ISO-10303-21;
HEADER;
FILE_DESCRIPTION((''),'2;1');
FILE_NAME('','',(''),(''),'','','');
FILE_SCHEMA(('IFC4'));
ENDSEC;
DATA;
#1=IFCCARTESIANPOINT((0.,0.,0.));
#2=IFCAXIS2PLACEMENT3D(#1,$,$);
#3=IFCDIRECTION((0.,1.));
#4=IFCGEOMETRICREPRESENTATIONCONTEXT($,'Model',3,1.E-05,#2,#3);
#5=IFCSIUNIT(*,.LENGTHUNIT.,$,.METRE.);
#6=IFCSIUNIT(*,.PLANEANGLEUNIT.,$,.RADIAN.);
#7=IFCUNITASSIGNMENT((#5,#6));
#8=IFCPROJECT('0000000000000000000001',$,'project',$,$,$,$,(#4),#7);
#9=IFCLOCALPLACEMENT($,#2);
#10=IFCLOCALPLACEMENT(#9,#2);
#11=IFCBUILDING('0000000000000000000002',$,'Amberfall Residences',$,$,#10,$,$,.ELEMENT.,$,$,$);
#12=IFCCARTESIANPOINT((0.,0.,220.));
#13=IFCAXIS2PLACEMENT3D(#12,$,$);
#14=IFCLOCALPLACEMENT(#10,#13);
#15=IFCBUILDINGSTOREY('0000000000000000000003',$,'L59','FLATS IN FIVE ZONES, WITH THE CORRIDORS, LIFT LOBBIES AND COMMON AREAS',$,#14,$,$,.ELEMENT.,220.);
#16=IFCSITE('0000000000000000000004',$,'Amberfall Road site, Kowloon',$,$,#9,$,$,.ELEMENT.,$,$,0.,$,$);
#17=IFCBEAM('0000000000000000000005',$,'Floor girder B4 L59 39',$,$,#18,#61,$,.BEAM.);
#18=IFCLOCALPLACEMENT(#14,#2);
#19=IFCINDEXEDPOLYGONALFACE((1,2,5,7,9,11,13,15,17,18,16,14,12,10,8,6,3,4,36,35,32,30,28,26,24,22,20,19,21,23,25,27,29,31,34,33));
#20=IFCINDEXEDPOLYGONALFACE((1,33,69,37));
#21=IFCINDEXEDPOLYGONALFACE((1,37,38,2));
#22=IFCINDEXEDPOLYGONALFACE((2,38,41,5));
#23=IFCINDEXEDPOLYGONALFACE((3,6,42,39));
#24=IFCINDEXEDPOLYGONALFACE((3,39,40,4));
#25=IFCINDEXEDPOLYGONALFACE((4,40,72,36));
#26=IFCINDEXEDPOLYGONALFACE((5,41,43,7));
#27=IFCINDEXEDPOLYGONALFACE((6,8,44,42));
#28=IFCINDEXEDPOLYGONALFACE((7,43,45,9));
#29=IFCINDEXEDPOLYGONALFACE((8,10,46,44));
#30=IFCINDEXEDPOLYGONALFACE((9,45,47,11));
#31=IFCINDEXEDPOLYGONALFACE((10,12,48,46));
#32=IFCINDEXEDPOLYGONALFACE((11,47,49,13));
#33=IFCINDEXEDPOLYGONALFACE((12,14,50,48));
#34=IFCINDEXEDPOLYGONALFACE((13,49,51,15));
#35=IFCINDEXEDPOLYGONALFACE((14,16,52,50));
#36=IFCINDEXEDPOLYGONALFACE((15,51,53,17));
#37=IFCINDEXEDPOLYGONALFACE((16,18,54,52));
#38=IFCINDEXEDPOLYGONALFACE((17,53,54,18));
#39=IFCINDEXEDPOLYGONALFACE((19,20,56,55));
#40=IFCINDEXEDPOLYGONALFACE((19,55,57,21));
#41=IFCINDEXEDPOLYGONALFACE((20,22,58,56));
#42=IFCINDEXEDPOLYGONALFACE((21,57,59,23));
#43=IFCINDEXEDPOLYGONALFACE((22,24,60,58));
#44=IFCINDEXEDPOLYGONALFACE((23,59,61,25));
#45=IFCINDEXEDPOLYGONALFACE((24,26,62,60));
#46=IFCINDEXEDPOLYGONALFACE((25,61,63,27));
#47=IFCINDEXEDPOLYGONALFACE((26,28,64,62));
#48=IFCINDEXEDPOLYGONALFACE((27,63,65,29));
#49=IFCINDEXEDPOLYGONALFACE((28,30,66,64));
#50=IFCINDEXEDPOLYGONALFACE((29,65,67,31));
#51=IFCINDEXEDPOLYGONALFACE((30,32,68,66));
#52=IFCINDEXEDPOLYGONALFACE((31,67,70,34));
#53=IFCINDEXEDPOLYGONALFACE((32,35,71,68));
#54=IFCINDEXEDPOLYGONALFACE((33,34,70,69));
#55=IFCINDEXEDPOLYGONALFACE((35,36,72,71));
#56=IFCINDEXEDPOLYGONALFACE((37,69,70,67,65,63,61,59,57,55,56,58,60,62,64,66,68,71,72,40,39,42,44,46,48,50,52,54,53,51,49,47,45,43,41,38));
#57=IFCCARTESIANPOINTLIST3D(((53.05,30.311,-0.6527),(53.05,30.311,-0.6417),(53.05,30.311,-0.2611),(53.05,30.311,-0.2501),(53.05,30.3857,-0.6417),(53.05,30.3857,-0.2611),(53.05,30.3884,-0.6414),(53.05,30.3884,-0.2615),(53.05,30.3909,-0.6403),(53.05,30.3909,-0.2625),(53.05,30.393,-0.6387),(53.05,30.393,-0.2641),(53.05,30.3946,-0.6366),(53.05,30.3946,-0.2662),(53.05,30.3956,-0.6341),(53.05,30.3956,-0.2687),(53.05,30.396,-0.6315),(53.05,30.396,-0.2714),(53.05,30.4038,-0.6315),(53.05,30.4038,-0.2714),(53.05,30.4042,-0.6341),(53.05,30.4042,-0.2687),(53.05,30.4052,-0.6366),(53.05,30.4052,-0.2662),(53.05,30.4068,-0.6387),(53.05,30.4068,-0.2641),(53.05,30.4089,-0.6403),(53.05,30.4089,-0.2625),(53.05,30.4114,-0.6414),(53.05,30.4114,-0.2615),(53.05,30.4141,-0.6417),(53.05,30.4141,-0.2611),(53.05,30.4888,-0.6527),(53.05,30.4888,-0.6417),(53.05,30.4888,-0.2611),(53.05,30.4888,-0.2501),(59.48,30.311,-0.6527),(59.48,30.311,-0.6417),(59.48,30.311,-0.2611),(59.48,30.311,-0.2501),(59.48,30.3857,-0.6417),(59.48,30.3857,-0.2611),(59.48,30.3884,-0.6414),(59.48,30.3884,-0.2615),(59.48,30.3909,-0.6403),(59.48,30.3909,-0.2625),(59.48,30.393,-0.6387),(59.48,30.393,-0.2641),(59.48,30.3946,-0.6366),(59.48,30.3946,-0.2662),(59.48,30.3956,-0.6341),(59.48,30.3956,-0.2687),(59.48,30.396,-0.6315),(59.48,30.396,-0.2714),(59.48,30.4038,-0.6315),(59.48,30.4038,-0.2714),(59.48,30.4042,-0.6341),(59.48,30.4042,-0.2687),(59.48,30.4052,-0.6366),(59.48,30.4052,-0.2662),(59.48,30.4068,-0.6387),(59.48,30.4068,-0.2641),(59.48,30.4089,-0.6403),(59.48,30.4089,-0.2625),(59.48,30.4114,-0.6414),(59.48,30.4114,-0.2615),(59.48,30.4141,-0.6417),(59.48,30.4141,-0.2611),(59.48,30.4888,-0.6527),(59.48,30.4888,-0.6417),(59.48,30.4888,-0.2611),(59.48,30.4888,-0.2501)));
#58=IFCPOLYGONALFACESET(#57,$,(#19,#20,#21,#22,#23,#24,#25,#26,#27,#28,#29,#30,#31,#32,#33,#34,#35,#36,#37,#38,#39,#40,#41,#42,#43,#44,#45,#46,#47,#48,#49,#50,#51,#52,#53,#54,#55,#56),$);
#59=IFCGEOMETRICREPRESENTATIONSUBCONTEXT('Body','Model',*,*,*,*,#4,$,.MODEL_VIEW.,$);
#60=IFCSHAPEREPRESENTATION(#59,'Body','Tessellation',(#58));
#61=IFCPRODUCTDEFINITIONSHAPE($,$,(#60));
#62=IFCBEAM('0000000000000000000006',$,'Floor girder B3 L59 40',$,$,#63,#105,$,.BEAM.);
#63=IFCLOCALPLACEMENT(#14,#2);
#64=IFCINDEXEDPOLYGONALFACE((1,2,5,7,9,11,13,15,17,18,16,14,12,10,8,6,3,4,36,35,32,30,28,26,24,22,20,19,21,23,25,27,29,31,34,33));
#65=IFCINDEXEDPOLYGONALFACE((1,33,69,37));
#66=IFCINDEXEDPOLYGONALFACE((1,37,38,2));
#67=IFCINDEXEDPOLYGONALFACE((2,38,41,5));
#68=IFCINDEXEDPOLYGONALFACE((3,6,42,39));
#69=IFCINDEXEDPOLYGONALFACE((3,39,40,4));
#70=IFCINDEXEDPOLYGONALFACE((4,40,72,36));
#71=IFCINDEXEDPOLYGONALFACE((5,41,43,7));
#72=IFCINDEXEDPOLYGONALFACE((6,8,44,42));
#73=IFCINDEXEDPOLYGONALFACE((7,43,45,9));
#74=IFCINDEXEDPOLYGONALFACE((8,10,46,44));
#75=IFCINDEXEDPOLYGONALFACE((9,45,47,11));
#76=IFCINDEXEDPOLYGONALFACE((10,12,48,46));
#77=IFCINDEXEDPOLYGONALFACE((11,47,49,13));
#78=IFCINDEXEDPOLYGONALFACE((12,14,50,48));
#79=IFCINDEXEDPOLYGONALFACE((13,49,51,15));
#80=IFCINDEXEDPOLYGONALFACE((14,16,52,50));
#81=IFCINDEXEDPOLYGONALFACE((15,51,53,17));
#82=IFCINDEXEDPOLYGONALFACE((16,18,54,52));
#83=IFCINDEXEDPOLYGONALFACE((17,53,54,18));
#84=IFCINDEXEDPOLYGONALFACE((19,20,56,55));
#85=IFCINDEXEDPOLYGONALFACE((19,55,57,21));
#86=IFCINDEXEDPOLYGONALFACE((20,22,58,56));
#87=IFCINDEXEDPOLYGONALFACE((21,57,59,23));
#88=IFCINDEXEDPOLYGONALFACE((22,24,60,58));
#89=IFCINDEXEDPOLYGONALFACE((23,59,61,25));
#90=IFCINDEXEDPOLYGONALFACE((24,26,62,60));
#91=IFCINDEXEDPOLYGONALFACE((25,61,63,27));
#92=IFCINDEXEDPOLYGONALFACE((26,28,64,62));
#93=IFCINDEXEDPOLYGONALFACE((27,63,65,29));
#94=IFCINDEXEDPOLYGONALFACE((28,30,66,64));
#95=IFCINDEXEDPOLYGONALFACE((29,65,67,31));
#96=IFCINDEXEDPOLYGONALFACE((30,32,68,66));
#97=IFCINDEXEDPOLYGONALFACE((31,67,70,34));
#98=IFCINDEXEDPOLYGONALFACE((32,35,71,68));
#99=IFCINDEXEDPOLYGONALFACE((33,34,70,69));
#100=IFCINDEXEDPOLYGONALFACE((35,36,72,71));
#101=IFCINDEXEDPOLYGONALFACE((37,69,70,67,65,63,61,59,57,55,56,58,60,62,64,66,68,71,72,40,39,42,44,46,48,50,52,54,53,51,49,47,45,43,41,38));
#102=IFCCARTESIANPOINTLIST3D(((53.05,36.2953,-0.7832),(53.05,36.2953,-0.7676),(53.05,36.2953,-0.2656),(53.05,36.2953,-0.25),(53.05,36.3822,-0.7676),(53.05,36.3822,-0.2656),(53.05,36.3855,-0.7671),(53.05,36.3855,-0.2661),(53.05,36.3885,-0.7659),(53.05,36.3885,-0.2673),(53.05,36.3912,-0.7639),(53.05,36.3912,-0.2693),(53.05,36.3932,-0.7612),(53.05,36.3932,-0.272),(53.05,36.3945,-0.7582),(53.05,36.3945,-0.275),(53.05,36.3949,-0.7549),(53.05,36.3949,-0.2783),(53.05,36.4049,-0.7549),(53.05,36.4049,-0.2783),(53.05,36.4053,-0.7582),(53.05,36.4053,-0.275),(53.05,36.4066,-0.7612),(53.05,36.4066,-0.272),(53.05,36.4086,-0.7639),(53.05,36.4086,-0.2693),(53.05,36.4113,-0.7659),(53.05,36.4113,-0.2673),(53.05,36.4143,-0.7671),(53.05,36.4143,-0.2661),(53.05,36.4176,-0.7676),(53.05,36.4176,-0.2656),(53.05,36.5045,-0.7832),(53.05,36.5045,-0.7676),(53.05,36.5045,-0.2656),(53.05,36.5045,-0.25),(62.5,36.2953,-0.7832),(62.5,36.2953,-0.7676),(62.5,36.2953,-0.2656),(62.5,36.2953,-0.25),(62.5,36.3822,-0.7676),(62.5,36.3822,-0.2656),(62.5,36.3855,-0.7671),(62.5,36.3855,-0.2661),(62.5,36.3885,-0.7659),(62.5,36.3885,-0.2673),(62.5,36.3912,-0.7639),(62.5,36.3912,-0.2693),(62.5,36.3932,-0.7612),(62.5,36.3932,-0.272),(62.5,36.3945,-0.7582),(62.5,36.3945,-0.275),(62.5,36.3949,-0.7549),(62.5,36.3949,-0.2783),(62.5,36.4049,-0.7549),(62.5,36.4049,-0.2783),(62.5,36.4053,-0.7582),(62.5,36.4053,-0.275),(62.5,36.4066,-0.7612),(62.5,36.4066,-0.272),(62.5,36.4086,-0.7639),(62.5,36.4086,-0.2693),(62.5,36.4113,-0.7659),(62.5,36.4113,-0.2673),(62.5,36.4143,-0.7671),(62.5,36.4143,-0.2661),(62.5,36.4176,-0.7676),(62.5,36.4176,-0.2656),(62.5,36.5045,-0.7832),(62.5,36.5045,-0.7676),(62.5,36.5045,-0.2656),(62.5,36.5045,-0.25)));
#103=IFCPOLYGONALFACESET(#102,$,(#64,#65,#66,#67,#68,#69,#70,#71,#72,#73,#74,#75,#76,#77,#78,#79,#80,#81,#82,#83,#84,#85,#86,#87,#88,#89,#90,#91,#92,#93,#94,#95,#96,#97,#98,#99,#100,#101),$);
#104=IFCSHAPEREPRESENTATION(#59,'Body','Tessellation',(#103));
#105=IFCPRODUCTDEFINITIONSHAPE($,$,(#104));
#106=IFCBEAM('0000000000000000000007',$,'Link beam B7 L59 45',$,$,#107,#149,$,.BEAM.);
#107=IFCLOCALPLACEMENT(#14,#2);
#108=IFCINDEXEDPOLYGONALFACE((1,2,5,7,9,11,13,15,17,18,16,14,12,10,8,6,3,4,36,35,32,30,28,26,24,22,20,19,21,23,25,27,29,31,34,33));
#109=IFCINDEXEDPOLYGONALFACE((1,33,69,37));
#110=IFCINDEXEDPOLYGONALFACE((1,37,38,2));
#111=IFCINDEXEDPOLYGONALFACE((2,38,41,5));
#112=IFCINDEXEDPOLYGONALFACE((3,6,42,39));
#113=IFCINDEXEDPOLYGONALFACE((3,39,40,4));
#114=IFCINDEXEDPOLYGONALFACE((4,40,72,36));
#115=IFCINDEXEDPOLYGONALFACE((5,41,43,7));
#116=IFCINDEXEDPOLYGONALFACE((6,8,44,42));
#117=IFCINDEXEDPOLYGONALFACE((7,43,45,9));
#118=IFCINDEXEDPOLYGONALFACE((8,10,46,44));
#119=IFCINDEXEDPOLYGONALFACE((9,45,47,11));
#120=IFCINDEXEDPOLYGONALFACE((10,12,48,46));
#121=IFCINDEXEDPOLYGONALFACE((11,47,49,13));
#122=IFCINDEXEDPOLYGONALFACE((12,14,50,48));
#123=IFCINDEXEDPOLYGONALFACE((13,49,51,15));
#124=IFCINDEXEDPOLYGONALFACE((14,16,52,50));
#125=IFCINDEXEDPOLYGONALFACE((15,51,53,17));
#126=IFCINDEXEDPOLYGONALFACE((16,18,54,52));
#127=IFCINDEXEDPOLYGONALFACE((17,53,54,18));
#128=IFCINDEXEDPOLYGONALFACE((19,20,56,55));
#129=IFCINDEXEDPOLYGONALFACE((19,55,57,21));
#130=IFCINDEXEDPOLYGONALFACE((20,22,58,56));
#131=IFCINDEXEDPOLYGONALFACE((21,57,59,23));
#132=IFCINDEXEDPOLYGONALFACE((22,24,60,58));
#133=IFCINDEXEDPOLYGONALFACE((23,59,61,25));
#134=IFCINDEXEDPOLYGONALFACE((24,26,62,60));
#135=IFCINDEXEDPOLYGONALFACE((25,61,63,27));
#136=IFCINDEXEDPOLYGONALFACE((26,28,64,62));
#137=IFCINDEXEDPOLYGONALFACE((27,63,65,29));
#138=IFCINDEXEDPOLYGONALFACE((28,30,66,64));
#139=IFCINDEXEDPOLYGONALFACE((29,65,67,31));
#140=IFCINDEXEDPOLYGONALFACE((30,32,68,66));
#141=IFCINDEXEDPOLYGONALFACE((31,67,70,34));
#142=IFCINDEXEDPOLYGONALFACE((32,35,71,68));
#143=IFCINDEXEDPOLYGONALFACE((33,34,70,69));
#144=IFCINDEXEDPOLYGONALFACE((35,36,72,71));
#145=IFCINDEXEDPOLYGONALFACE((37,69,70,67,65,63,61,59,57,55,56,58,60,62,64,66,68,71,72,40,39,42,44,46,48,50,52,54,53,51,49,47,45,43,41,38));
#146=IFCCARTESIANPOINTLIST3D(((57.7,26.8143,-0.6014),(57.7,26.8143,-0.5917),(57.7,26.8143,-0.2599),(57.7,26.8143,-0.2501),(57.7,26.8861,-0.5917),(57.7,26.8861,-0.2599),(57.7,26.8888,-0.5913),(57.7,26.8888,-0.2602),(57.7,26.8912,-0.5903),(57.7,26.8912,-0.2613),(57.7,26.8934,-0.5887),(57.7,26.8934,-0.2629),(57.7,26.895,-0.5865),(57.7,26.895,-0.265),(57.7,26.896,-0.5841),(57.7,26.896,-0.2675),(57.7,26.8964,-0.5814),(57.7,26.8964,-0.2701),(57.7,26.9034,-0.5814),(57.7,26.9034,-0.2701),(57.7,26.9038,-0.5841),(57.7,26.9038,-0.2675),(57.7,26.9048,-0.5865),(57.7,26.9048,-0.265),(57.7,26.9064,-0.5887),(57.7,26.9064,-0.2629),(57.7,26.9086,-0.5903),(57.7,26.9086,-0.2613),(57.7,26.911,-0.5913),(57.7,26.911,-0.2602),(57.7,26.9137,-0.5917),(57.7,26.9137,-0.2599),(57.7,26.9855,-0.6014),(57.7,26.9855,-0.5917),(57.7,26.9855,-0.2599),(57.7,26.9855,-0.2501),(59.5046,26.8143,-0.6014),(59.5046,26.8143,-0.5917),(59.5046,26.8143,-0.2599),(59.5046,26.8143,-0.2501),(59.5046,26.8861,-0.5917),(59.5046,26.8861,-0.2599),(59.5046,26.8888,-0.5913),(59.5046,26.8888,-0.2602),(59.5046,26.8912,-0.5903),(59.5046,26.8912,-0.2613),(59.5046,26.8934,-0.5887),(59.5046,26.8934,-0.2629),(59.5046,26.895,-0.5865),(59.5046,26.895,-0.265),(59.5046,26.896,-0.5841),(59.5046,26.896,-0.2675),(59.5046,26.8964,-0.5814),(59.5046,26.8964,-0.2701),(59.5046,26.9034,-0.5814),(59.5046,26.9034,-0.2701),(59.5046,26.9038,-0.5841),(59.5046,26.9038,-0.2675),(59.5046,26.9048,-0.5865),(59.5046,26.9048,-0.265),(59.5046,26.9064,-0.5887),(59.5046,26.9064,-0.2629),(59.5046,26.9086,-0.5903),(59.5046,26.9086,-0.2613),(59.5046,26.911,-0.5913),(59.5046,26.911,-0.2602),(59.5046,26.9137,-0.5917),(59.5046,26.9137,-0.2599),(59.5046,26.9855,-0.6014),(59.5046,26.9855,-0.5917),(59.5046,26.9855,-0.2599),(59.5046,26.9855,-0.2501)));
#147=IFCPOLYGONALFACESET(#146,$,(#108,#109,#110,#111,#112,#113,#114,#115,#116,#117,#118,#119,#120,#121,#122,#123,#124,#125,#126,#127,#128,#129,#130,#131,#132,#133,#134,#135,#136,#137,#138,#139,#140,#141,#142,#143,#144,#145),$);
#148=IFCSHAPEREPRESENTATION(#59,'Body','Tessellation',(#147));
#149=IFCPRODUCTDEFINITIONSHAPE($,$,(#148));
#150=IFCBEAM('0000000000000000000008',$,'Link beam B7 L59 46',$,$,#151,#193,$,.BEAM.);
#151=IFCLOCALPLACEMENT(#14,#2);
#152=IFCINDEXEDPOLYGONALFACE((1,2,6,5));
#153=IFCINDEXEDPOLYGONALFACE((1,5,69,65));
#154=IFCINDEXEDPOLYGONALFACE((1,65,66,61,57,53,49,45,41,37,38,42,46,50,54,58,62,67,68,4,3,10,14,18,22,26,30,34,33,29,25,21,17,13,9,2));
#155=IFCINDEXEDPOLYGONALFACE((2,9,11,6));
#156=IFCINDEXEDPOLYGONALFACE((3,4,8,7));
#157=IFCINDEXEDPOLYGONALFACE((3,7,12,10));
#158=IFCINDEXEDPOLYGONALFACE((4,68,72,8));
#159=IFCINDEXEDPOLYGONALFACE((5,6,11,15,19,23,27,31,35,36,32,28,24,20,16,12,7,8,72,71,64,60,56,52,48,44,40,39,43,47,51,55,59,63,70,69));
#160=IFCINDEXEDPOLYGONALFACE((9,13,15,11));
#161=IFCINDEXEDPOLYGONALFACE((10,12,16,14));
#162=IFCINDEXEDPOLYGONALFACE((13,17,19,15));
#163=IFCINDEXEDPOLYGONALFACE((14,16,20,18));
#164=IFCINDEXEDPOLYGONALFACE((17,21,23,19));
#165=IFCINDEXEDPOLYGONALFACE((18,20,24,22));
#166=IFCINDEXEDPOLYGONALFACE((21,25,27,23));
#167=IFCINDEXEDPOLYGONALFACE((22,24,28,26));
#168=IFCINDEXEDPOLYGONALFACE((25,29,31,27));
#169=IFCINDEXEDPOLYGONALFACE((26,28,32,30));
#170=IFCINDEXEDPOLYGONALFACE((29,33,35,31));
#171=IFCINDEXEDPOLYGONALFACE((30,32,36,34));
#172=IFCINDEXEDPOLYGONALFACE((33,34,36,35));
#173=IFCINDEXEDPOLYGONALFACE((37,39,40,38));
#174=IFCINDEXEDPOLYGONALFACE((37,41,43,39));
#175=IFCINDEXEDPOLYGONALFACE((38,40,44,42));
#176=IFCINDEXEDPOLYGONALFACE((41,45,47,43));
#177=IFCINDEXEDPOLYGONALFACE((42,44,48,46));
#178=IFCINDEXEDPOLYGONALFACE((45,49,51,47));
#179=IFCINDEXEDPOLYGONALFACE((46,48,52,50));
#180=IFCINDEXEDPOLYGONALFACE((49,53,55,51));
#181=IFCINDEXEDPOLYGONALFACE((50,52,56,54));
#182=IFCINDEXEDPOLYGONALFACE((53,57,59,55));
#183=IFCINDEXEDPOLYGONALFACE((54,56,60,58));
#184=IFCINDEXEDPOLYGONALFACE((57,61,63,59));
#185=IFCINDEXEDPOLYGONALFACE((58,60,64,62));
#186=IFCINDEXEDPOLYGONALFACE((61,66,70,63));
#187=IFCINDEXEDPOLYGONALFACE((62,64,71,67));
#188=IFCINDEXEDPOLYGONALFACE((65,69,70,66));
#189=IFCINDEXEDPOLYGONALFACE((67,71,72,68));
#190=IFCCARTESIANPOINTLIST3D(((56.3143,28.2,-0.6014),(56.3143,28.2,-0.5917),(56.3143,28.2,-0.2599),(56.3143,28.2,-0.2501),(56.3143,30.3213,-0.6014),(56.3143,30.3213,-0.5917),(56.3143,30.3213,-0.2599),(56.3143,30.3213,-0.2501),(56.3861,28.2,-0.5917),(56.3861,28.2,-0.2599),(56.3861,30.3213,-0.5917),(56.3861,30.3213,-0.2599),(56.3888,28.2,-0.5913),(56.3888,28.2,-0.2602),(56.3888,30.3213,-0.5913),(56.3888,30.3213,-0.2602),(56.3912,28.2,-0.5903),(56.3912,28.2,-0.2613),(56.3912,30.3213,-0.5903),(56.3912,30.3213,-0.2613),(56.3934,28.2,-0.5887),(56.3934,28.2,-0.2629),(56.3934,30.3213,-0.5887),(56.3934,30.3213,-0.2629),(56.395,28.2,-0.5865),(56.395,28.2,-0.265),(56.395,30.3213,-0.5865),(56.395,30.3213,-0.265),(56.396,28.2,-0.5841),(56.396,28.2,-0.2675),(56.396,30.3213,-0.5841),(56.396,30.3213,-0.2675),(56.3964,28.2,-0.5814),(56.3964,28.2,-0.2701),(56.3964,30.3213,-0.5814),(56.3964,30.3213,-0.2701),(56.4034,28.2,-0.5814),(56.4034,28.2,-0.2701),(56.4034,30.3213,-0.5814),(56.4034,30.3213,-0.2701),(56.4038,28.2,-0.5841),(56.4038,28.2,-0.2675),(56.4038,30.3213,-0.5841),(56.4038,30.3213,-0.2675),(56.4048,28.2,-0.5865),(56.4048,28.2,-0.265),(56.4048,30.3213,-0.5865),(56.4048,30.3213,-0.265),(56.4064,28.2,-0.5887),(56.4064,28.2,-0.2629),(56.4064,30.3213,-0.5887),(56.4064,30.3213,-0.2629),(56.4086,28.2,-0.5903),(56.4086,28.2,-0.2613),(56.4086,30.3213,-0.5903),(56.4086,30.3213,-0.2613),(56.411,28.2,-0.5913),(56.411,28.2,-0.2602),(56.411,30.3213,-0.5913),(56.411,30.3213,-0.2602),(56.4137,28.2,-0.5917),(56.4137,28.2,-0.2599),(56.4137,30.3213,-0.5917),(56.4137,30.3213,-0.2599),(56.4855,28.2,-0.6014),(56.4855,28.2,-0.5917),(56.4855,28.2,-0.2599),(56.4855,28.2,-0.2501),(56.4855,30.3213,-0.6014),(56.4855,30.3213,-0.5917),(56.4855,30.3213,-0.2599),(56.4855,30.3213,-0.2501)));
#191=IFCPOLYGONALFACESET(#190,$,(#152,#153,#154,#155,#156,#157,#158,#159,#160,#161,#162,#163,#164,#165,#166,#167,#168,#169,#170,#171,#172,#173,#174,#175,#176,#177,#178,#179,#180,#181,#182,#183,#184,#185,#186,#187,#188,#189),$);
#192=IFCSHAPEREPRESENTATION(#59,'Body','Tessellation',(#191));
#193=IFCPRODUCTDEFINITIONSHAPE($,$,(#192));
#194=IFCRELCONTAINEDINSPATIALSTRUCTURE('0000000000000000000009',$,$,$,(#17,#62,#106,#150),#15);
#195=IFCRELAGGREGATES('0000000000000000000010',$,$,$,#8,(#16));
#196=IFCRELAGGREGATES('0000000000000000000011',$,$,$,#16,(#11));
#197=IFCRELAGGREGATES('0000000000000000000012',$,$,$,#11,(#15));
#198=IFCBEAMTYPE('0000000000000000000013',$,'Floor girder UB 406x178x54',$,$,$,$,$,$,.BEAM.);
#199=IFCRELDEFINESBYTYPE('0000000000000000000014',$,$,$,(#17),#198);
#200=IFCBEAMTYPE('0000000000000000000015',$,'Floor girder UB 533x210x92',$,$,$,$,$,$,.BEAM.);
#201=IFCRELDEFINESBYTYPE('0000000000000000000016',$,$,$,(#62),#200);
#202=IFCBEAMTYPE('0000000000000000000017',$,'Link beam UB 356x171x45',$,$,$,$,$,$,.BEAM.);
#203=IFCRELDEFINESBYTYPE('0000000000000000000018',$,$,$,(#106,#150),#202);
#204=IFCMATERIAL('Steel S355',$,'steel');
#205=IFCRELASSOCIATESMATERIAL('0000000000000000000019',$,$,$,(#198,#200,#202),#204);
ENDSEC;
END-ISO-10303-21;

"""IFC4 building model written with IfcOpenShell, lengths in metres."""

from ifc_helpers import new_model, si_unit, direction, frame, origin, origin_2d, place, context, subcontext, project, spatial, i_section, extrude, material, material_profile, profile_set, type_object, element, save


model = new_model("IFC4")

# Units and contexts
model_context = context("Model", 3, precision=1e-05, world=origin(), true_north=direction((0.0, 1.0)))
body_context = subcontext(model_context, "Body", "Model", "MODEL_VIEW")
ifc_project = project(units=[si_unit("LENGTHUNIT", "METRE"), si_unit("PLANEANGLEUNIT", "RADIAN")], contexts=[model_context])

# Site, building, storey
site_placement = place(None, origin())
site = spatial("IfcSite", under=ifc_project, at=site_placement, Name="Amberfall Road site, Kowloon", CompositionType="ELEMENT", RefElevation=0.0)
building_placement = place(site_placement, origin())
building = spatial("IfcBuilding", under=site, at=building_placement, Name="Amberfall Residences", CompositionType="ELEMENT")
storey_placement = place(building_placement, frame((0.0, 0.0, 220.0)))
storey = spatial("IfcBuildingStorey", under=building, at=storey_placement, Name="L59", Description="FLATS IN FIVE ZONES, WITH THE CORRIDORS, LIFT LOBBIES AND COMMON AREAS", CompositionType="ELEMENT", Elevation=220.0)

# Beams
ifc_material_1 = material(Name="Steel S355", Category="steel")
ifc_material_profile_1 = material_profile(ifc_material_1, i_section(OverallWidth=0.1777, OverallDepth=0.4026, WebThickness=0.0078, FlangeThickness=0.011, FilletRadius=0.0103, at=origin_2d()), Name="UB 406x178x54")
ifc_profile_set_1 = profile_set([ifc_material_profile_1], Name="Steel S355")
beam_type_1 = type_object("IfcBeamType", Name="Floor girder UB 406x178x54", PredefinedType="BEAM", material=ifc_profile_set_1)
beam_1_placement = place(storey_placement, frame((53.05, 30.3999, -0.4514), z_axis=(1.0, 0.0, 0.0), x_axis=(0.0, 1.0, 0.0)))
element("IfcBeam", 1, at=beam_1_placement, inside=storey, type_object=beam_type_1, Name="Floor girder B4 L59 39", PredefinedType="BEAM", context=body_context, shape_type="SweptSolid", body=[
    extrude(i_section(OverallWidth=0.1777, OverallDepth=0.4026, WebThickness=0.0078, FlangeThickness=0.011, FilletRadius=0.0103, at=origin_2d()), origin(), (0.0, 0.0, 1.0), 6.4299),
])
ifc_material_profile_2 = material_profile(ifc_material_1, i_section(OverallWidth=0.2092, OverallDepth=0.5332, WebThickness=0.01, FlangeThickness=0.0156, FilletRadius=0.0127, at=origin_2d()), Name="UB 533x210x92")
ifc_profile_set_2 = profile_set([ifc_material_profile_2], Name="Steel S355")
beam_type_2 = type_object("IfcBeamType", Name="Floor girder UB 533x210x92", PredefinedType="BEAM", material=ifc_profile_set_2)
beam_2_placement = place(storey_placement, frame((53.05, 36.3999, -0.5166), z_axis=(1.0, 0.0, 0.0), x_axis=(0.0, 1.0, 0.0)))
element("IfcBeam", 2, at=beam_2_placement, inside=storey, type_object=beam_type_2, Name="Floor girder B3 L59 40", PredefinedType="BEAM", context=body_context, shape_type="SweptSolid", body=[
    extrude(i_section(OverallWidth=0.2092, OverallDepth=0.5332, WebThickness=0.01, FlangeThickness=0.0156, FilletRadius=0.0127, at=origin_2d()), origin(), (0.0, 0.0, 1.0), 9.45),
])
ifc_material_profile_3 = material_profile(ifc_material_1, i_section(OverallWidth=0.1711, OverallDepth=0.3513, WebThickness=0.0071, FlangeThickness=0.0098, FilletRadius=0.0103, at=origin_2d()), Name="UB 356x171x45")
ifc_profile_set_3 = profile_set([ifc_material_profile_3], Name="Steel S355")
beam_type_3 = type_object("IfcBeamType", Name="Link beam UB 356x171x45", PredefinedType="BEAM", material=ifc_profile_set_3)
beam_3_placement = place(storey_placement, frame((57.7, 26.8999, -0.4258), z_axis=(1.0, 0.0, 0.0), x_axis=(0.0, 1.0, 0.0)))
element("IfcBeam", 3, at=beam_3_placement, inside=storey, type_object=beam_type_3, Name="Link beam B7 L59 45", PredefinedType="BEAM", context=body_context, shape_type="SweptSolid", body=[
    extrude(i_section(OverallWidth=0.1711, OverallDepth=0.3513, WebThickness=0.0071, FlangeThickness=0.0098, FilletRadius=0.0103, at=origin_2d()), origin(), (0.0, 0.0, 1.0), 1.8047),
])
beam_4_placement = place(storey_placement, frame((56.3999, 28.2, -0.4258), z_axis=(0.0, 1.0, 0.0), x_axis=(-1.0, 0.0, 0.0)))
element("IfcBeam", 4, at=beam_4_placement, inside=storey, type_object=beam_type_3, Name="Link beam B7 L59 46", PredefinedType="BEAM", context=body_context, shape_type="SweptSolid", body=[
    extrude(i_section(OverallWidth=0.1711, OverallDepth=0.3513, WebThickness=0.0071, FlangeThickness=0.0098, FilletRadius=0.0103, at=origin_2d()), origin(), (0.0, 0.0, 1.0), 2.1213),
])

save(model, "model.ifc")
